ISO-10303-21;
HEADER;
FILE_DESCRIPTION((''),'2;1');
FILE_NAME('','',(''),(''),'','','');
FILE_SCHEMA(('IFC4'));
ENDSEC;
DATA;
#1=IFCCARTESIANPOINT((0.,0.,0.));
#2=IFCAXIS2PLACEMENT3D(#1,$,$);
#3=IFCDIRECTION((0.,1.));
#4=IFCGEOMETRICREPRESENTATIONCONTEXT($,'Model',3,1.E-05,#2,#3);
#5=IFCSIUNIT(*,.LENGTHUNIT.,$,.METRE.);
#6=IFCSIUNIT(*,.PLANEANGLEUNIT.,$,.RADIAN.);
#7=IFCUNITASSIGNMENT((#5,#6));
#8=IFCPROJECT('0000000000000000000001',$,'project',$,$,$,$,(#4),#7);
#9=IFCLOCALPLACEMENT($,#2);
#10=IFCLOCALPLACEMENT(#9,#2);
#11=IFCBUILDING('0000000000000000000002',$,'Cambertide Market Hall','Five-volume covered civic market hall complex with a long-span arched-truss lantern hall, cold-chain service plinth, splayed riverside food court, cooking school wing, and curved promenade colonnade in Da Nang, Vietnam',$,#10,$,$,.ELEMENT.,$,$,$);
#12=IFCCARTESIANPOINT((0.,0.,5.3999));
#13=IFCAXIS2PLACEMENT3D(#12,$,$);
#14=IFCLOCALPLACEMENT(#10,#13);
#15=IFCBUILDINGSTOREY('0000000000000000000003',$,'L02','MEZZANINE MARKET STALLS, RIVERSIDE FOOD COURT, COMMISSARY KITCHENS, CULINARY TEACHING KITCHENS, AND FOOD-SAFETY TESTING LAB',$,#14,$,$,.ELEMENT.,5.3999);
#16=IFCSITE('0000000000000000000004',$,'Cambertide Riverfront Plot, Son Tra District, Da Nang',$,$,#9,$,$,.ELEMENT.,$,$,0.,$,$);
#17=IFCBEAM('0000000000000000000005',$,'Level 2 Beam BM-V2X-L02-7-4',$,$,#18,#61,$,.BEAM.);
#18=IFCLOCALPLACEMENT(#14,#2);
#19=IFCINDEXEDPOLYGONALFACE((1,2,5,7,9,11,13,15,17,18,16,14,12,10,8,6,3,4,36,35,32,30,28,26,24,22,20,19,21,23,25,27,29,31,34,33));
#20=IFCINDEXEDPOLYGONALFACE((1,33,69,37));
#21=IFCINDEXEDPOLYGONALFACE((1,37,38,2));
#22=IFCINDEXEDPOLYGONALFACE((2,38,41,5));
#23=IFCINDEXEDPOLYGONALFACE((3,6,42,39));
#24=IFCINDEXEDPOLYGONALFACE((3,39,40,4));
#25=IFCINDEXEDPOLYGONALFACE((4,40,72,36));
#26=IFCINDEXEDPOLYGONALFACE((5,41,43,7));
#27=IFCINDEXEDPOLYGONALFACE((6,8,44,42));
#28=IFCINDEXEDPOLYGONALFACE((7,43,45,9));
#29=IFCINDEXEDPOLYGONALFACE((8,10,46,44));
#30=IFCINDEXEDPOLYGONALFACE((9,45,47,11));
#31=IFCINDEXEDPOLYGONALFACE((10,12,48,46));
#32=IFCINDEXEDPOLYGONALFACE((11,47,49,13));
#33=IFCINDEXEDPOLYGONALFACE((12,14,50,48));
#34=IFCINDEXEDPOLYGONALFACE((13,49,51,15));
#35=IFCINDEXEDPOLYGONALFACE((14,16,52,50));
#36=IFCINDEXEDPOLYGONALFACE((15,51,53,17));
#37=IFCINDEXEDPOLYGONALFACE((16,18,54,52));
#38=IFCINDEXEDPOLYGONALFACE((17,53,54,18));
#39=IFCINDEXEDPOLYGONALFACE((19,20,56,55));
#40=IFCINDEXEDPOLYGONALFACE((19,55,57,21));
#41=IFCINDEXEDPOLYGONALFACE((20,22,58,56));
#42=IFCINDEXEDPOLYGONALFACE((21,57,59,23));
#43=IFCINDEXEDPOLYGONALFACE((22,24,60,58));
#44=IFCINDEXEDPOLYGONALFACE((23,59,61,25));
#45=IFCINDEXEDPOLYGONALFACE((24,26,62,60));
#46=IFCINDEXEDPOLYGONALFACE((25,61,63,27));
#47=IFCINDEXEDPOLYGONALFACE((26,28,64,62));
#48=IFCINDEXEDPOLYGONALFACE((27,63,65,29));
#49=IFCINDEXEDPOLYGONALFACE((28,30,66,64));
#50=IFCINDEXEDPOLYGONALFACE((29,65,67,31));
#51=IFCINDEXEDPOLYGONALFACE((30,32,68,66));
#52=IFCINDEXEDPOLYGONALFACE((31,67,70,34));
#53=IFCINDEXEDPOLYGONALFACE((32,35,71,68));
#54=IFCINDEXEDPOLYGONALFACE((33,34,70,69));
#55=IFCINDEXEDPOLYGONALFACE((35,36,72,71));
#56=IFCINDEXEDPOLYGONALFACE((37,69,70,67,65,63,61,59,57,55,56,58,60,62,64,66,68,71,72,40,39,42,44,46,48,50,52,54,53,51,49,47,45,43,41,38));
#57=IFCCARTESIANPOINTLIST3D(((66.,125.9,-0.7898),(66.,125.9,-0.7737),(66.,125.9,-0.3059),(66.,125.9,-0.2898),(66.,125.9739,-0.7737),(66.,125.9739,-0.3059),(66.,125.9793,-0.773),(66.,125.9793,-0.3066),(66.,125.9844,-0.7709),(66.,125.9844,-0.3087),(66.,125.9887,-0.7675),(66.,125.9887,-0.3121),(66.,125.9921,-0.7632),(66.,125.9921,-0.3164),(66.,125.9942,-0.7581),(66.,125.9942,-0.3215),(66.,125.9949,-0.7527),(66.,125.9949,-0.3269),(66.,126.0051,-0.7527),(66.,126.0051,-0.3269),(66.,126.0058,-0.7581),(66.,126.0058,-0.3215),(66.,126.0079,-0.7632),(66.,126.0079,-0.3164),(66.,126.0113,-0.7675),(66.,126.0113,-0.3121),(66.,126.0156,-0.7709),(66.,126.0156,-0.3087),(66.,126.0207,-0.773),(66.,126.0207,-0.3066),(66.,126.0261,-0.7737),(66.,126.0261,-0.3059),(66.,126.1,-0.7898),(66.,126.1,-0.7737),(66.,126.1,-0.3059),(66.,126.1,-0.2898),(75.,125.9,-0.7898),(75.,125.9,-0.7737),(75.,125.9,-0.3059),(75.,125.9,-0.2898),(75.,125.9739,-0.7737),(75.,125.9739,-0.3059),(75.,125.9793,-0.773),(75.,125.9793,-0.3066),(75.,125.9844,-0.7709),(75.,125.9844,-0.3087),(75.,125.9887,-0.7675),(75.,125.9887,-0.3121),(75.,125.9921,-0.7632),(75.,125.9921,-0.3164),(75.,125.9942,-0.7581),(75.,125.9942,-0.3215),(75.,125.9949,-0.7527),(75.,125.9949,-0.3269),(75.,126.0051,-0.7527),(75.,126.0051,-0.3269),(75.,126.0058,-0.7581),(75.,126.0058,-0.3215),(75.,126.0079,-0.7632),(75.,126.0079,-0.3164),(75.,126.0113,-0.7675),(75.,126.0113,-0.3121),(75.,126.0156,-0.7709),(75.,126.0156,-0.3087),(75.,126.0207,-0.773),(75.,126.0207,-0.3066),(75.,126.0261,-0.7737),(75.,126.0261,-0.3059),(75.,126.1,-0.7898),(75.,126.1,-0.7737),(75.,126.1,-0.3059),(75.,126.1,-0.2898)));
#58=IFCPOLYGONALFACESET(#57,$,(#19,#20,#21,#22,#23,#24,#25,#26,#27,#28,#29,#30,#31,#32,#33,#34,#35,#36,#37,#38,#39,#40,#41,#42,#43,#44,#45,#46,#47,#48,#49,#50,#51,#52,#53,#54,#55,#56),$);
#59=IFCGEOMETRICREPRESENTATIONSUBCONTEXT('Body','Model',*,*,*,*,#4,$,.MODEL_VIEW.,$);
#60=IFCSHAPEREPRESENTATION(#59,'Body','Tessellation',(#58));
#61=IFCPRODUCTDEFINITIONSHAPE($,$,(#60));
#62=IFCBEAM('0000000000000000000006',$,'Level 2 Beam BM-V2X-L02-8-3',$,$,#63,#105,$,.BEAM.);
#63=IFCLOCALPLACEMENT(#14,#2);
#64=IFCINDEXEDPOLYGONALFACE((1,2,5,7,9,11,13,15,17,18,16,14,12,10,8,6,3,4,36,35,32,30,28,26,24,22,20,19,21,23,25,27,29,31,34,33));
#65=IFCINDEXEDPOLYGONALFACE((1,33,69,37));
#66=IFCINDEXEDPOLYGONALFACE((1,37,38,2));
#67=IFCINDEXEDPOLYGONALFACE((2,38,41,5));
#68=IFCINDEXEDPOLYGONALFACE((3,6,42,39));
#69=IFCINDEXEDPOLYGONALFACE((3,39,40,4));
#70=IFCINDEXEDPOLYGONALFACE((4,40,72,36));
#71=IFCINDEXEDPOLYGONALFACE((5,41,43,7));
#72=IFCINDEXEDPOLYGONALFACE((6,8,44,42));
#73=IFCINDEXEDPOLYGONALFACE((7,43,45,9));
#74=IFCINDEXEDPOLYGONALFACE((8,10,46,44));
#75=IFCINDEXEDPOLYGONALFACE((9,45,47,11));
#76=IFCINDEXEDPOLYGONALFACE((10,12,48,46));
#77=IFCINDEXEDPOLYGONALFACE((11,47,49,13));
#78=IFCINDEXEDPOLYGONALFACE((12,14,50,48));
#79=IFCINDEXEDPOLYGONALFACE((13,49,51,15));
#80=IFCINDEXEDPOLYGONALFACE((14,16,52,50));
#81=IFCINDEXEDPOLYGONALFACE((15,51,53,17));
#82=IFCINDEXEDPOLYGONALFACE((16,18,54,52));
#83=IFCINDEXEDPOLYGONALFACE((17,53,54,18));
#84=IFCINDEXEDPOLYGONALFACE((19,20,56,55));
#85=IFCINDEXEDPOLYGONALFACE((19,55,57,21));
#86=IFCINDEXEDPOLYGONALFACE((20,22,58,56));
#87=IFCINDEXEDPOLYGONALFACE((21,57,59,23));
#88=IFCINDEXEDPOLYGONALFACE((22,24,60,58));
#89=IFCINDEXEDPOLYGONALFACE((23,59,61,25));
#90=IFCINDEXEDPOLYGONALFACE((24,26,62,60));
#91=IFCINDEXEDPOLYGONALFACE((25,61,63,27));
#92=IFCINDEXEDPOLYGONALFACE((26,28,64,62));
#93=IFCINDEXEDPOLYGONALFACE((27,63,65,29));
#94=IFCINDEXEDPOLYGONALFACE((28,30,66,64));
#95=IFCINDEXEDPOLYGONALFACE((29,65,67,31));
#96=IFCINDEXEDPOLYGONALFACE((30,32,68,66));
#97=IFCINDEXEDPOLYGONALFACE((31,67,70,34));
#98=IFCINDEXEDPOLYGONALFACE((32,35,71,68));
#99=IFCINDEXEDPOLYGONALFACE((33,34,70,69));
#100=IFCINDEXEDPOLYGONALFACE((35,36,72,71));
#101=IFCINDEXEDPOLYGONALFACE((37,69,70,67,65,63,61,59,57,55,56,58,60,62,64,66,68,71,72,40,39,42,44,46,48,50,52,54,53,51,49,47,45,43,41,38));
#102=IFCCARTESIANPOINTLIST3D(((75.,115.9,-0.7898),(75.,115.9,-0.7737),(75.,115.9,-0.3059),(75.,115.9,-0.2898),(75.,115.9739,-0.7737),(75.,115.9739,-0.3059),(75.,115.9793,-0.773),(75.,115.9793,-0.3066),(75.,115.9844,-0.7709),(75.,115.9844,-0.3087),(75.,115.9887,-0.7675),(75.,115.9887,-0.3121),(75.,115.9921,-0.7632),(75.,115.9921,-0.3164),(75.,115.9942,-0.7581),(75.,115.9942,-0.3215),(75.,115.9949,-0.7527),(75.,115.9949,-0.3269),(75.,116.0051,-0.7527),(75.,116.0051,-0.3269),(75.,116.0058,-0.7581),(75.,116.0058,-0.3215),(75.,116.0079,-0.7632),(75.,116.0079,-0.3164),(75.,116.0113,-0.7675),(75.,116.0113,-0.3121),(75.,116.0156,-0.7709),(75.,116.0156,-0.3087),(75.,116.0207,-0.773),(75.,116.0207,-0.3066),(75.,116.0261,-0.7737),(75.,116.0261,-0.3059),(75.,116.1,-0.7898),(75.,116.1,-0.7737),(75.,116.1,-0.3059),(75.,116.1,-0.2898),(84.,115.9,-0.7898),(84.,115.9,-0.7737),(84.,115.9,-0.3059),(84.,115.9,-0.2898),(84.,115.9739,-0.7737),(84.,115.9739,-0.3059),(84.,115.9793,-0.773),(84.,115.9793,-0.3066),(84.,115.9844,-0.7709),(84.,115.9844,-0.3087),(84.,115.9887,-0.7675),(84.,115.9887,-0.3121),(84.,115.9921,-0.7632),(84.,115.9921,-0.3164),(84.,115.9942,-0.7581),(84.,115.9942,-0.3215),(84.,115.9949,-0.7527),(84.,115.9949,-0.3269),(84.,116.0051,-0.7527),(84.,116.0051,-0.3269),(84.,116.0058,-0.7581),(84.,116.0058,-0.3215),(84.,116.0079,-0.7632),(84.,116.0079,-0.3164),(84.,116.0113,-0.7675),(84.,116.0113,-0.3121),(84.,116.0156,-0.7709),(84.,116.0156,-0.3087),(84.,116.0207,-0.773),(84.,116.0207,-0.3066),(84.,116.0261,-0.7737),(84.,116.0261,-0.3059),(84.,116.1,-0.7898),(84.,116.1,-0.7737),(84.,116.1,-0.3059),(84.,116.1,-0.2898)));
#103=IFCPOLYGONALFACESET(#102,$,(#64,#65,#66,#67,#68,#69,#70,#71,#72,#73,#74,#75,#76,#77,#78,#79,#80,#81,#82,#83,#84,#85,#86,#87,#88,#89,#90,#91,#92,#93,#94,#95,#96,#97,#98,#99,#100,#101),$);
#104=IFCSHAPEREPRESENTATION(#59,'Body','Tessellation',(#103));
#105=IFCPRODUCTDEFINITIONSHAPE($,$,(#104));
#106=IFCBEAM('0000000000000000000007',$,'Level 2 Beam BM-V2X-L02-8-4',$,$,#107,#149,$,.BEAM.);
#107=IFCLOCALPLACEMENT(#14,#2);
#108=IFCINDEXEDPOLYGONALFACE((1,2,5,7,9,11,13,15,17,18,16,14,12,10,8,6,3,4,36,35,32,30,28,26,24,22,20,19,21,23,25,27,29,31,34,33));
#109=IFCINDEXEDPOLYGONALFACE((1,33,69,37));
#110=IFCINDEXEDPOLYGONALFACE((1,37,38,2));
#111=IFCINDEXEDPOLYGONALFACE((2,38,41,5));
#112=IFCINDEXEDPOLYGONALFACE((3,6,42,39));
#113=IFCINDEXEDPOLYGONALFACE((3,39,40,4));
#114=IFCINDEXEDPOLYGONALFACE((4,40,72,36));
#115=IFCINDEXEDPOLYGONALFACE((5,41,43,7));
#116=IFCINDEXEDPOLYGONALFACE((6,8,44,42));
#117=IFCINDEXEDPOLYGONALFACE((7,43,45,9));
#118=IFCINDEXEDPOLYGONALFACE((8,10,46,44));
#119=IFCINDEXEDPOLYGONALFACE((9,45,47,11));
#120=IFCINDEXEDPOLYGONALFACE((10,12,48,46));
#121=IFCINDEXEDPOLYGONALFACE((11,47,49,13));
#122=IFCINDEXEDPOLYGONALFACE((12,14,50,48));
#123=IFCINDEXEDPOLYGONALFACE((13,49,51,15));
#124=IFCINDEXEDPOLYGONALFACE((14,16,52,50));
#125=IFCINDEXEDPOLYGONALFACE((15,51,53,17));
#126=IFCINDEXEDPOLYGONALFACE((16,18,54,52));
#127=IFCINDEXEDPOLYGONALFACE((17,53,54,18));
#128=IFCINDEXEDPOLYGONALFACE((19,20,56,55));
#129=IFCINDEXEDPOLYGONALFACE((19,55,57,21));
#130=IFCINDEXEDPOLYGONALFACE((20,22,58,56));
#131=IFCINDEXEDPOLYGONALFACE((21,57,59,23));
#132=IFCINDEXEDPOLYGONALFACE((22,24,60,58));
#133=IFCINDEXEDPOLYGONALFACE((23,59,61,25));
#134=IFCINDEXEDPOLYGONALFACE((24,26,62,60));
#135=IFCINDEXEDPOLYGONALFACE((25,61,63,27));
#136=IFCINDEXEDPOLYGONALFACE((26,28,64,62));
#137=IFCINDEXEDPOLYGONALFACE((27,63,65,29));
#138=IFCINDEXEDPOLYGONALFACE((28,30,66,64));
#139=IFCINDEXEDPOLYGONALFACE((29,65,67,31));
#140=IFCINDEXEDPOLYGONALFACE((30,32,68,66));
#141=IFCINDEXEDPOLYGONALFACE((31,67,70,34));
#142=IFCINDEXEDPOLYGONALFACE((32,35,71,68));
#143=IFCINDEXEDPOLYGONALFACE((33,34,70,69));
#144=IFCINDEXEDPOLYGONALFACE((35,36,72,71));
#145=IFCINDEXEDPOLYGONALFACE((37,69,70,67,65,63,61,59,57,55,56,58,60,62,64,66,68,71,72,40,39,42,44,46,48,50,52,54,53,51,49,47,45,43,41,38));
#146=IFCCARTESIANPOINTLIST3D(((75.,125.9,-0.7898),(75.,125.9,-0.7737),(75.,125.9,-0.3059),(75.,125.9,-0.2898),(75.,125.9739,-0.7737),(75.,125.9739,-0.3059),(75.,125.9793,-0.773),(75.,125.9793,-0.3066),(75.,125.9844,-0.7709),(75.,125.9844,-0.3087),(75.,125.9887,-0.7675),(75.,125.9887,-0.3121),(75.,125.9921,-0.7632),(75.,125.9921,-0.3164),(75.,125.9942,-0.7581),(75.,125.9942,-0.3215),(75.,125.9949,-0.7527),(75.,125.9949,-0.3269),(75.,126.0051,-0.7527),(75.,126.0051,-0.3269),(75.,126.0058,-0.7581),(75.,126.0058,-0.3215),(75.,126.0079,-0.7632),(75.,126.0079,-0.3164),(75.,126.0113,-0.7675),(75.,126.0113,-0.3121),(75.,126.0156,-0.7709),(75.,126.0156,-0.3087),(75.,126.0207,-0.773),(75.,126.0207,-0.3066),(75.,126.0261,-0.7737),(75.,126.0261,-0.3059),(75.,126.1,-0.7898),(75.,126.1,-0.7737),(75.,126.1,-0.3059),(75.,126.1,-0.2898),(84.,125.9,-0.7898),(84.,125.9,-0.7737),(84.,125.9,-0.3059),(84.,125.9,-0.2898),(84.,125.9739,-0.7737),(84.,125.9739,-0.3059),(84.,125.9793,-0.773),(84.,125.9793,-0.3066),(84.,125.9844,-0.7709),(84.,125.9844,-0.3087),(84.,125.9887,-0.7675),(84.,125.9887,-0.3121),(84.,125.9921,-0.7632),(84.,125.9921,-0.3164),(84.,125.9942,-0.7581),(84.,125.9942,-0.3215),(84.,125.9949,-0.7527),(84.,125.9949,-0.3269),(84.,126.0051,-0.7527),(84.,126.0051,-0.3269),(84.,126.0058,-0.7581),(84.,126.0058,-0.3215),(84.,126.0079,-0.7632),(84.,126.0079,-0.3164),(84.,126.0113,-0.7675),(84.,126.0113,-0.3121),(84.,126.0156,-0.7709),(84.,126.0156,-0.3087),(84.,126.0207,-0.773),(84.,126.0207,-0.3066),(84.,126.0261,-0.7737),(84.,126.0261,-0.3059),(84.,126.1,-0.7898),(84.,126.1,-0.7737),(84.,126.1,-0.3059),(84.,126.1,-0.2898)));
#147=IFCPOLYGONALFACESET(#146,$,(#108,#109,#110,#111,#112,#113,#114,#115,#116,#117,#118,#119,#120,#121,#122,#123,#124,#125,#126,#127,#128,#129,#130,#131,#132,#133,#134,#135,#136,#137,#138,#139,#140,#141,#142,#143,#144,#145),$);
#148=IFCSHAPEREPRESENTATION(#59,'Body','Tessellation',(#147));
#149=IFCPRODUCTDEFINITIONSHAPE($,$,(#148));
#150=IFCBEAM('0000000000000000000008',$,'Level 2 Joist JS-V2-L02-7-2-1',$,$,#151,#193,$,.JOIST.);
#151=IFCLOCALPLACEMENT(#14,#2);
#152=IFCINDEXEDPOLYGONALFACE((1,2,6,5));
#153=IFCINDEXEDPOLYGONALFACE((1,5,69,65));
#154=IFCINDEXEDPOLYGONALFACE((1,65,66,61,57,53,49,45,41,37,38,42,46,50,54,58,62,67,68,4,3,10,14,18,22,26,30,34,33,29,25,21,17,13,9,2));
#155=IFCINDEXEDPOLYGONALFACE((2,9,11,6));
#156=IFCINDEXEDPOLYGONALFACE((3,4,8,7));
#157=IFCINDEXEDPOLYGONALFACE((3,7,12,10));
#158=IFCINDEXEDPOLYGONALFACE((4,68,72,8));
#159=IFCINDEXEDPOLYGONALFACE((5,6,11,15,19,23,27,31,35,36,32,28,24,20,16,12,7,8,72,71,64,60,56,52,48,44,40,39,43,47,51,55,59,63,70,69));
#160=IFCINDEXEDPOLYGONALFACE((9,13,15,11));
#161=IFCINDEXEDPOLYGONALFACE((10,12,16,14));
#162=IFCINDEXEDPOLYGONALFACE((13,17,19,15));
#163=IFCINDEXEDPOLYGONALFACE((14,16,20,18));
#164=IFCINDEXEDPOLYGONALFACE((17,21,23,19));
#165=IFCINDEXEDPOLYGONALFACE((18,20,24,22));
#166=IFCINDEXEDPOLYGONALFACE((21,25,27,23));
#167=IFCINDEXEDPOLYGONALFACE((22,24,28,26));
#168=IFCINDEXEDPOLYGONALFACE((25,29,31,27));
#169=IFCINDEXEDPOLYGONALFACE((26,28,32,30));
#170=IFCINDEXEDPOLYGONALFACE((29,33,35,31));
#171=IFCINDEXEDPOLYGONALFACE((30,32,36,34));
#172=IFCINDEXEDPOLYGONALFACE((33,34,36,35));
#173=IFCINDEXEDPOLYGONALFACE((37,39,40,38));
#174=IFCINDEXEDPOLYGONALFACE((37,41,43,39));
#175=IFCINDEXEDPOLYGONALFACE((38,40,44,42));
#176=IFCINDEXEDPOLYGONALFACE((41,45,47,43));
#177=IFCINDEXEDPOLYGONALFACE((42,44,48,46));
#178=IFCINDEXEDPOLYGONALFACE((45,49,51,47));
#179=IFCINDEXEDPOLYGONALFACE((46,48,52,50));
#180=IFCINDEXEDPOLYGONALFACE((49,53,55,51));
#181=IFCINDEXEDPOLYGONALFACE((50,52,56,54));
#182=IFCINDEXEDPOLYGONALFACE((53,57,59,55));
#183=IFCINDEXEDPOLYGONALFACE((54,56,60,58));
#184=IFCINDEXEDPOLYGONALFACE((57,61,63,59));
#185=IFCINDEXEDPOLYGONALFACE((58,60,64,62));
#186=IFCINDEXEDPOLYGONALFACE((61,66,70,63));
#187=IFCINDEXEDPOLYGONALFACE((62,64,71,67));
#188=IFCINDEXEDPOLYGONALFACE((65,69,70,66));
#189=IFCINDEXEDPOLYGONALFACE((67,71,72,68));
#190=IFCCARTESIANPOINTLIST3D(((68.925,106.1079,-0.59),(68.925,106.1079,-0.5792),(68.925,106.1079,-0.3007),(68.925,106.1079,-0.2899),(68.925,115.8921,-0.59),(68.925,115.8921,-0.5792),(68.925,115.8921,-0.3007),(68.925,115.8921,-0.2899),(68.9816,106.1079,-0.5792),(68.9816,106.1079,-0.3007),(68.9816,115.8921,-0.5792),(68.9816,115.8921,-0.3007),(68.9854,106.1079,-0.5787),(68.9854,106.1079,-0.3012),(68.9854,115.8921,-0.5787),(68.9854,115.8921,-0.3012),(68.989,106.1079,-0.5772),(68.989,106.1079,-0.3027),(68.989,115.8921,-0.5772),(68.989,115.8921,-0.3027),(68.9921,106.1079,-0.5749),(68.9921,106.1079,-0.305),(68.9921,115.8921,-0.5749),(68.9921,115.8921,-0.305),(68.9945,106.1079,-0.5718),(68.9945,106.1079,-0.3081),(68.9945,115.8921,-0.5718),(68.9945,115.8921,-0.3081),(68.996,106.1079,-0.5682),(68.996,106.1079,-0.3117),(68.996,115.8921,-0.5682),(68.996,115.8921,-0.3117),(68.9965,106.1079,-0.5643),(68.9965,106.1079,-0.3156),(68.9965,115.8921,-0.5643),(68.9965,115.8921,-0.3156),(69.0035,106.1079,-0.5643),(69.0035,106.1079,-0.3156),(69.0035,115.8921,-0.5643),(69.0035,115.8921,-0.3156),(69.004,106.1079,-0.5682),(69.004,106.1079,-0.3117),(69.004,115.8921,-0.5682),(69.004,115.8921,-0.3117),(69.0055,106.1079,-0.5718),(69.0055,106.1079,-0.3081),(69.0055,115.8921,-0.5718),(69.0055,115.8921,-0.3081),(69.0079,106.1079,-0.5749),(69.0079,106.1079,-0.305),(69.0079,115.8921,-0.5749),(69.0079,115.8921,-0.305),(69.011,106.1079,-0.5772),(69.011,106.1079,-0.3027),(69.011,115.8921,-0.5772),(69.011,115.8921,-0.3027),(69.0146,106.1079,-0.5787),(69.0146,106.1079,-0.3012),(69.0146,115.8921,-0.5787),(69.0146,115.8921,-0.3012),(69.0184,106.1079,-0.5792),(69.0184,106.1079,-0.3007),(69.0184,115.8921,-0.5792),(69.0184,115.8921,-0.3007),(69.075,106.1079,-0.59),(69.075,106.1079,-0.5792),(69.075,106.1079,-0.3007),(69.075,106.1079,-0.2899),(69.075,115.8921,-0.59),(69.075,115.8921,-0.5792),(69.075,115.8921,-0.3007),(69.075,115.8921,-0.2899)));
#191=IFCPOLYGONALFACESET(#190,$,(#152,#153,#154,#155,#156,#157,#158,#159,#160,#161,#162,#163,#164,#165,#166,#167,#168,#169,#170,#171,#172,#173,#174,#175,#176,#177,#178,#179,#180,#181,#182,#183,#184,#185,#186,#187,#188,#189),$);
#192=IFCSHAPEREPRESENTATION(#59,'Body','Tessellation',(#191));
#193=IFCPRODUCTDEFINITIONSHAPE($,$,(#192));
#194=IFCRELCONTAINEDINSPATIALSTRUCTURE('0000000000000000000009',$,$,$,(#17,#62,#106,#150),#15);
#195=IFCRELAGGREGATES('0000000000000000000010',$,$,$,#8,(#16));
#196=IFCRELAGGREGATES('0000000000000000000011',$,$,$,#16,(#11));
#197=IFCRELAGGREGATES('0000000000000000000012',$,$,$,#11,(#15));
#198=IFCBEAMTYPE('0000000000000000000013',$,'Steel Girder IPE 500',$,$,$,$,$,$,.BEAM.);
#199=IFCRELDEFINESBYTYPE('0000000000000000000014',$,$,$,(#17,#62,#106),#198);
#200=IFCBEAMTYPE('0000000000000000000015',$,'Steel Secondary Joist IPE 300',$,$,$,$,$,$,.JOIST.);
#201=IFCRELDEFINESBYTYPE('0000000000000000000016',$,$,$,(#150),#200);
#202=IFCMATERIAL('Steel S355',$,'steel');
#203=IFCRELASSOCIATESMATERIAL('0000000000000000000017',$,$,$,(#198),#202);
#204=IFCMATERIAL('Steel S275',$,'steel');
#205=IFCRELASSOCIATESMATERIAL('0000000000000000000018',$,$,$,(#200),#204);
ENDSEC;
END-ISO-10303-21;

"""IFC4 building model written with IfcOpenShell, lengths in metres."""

from ifc_helpers import new_model, si_unit, direction, frame, origin, origin_2d, place, context, subcontext, project, spatial, i_section, extrude, material, material_profile, profile_set, type_object, element, save


model = new_model("IFC4")

# Units and contexts
model_context = context("Model", 3, precision=1e-05, world=origin(), true_north=direction((0.0, 1.0)))
body_context = subcontext(model_context, "Body", "Model", "MODEL_VIEW")
ifc_project = project(units=[si_unit("LENGTHUNIT", "METRE"), si_unit("PLANEANGLEUNIT", "RADIAN")], contexts=[model_context])

# Site, building, storey
site_placement = place(None, origin())
site = spatial("IfcSite", under=ifc_project, at=site_placement, Name="Cambertide Riverfront Plot, Son Tra District, Da Nang", CompositionType="ELEMENT", RefElevation=0.0)
building_placement = place(site_placement, origin())
building = spatial("IfcBuilding", under=site, at=building_placement, Name="Cambertide Market Hall", Description="Five-volume covered civic market hall complex with a long-span arched-truss lantern hall, cold-chain service plinth, splayed riverside food court, cooking school wing, and curved promenade colonnade in Da Nang, Vietnam", CompositionType="ELEMENT")
storey_placement = place(building_placement, frame((0.0, 0.0, 5.3999)))
storey = spatial("IfcBuildingStorey", under=building, at=storey_placement, Name="L02", Description="MEZZANINE MARKET STALLS, RIVERSIDE FOOD COURT, COMMISSARY KITCHENS, CULINARY TEACHING KITCHENS, AND FOOD-SAFETY TESTING LAB", CompositionType="ELEMENT", Elevation=5.3999)

# Beams
ifc_material_1 = material(Name="Steel S355", Category="steel")
ifc_material_profile_1 = material_profile(ifc_material_1, i_section(OverallWidth=0.2, OverallDepth=0.5, WebThickness=0.0103, FlangeThickness=0.0161, FilletRadius=0.021, at=origin_2d()), Name="IPE 500")
ifc_profile_set_1 = profile_set([ifc_material_profile_1], Name="Steel S355")
beam_type_1 = type_object("IfcBeamType", Name="Steel Girder IPE 500", PredefinedType="BEAM", material=ifc_profile_set_1)
for number, where, z_axis, x_axis, name in (
    (1, (66.0, 126.0, -0.5398), (1.0, 0.0, 0.0), (0.0, 1.0, 0.0), "Level 2 Beam BM-V2X-L02-7-4"),
    (2, (75.0, 116.0, -0.5398), (1.0, 0.0, 0.0), (0.0, 1.0, 0.0), "Level 2 Beam BM-V2X-L02-8-3"),
    (3, (75.0, 126.0, -0.5398), (1.0, 0.0, 0.0), (0.0, 1.0, 0.0), "Level 2 Beam BM-V2X-L02-8-4"),
):
    element("IfcBeam", number, at=place(storey_placement, frame(where, z_axis=z_axis, x_axis=x_axis)), inside=storey, type_object=beam_type_1, Name=name, PredefinedType="BEAM", context=body_context, shape_type="SweptSolid", body=[
        extrude(i_section(OverallWidth=0.2, OverallDepth=0.5, WebThickness=0.0103, FlangeThickness=0.0161, FilletRadius=0.021, at=origin_2d()), origin(), (0.0, 0.0, 1.0), 9.0),
    ])
ifc_material_2 = material(Name="Steel S275", Category="steel")
ifc_material_profile_2 = material_profile(ifc_material_2, i_section(OverallWidth=0.1499, OverallDepth=0.3, WebThickness=0.0071, FlangeThickness=0.0107, FilletRadius=0.0149, at=origin_2d()), Name="IPE 300")
ifc_profile_set_2 = profile_set([ifc_material_profile_2], Name="Steel S275")
beam_type_2 = type_object("IfcBeamType", Name="Steel Secondary Joist IPE 300", PredefinedType="JOIST", material=ifc_profile_set_2)
for number, where, z_axis, x_axis, name in (
    (4, (69.0, 106.1079, -0.4399), (0.0, 1.0, 0.0), (-1.0, 0.0, 0.0), "Level 2 Joist JS-V2-L02-7-2-1"),
):
    element("IfcBeam", number, at=place(storey_placement, frame(where, z_axis=z_axis, x_axis=x_axis)), inside=storey, type_object=beam_type_2, Name=name, PredefinedType="JOIST", context=body_context, shape_type="SweptSolid", body=[
        extrude(i_section(OverallWidth=0.1499, OverallDepth=0.3, WebThickness=0.0071, FlangeThickness=0.0107, FilletRadius=0.0149, at=origin_2d()), origin(), (0.0, 0.0, 1.0), 9.7842),
    ])

save(model, "model.ifc")
